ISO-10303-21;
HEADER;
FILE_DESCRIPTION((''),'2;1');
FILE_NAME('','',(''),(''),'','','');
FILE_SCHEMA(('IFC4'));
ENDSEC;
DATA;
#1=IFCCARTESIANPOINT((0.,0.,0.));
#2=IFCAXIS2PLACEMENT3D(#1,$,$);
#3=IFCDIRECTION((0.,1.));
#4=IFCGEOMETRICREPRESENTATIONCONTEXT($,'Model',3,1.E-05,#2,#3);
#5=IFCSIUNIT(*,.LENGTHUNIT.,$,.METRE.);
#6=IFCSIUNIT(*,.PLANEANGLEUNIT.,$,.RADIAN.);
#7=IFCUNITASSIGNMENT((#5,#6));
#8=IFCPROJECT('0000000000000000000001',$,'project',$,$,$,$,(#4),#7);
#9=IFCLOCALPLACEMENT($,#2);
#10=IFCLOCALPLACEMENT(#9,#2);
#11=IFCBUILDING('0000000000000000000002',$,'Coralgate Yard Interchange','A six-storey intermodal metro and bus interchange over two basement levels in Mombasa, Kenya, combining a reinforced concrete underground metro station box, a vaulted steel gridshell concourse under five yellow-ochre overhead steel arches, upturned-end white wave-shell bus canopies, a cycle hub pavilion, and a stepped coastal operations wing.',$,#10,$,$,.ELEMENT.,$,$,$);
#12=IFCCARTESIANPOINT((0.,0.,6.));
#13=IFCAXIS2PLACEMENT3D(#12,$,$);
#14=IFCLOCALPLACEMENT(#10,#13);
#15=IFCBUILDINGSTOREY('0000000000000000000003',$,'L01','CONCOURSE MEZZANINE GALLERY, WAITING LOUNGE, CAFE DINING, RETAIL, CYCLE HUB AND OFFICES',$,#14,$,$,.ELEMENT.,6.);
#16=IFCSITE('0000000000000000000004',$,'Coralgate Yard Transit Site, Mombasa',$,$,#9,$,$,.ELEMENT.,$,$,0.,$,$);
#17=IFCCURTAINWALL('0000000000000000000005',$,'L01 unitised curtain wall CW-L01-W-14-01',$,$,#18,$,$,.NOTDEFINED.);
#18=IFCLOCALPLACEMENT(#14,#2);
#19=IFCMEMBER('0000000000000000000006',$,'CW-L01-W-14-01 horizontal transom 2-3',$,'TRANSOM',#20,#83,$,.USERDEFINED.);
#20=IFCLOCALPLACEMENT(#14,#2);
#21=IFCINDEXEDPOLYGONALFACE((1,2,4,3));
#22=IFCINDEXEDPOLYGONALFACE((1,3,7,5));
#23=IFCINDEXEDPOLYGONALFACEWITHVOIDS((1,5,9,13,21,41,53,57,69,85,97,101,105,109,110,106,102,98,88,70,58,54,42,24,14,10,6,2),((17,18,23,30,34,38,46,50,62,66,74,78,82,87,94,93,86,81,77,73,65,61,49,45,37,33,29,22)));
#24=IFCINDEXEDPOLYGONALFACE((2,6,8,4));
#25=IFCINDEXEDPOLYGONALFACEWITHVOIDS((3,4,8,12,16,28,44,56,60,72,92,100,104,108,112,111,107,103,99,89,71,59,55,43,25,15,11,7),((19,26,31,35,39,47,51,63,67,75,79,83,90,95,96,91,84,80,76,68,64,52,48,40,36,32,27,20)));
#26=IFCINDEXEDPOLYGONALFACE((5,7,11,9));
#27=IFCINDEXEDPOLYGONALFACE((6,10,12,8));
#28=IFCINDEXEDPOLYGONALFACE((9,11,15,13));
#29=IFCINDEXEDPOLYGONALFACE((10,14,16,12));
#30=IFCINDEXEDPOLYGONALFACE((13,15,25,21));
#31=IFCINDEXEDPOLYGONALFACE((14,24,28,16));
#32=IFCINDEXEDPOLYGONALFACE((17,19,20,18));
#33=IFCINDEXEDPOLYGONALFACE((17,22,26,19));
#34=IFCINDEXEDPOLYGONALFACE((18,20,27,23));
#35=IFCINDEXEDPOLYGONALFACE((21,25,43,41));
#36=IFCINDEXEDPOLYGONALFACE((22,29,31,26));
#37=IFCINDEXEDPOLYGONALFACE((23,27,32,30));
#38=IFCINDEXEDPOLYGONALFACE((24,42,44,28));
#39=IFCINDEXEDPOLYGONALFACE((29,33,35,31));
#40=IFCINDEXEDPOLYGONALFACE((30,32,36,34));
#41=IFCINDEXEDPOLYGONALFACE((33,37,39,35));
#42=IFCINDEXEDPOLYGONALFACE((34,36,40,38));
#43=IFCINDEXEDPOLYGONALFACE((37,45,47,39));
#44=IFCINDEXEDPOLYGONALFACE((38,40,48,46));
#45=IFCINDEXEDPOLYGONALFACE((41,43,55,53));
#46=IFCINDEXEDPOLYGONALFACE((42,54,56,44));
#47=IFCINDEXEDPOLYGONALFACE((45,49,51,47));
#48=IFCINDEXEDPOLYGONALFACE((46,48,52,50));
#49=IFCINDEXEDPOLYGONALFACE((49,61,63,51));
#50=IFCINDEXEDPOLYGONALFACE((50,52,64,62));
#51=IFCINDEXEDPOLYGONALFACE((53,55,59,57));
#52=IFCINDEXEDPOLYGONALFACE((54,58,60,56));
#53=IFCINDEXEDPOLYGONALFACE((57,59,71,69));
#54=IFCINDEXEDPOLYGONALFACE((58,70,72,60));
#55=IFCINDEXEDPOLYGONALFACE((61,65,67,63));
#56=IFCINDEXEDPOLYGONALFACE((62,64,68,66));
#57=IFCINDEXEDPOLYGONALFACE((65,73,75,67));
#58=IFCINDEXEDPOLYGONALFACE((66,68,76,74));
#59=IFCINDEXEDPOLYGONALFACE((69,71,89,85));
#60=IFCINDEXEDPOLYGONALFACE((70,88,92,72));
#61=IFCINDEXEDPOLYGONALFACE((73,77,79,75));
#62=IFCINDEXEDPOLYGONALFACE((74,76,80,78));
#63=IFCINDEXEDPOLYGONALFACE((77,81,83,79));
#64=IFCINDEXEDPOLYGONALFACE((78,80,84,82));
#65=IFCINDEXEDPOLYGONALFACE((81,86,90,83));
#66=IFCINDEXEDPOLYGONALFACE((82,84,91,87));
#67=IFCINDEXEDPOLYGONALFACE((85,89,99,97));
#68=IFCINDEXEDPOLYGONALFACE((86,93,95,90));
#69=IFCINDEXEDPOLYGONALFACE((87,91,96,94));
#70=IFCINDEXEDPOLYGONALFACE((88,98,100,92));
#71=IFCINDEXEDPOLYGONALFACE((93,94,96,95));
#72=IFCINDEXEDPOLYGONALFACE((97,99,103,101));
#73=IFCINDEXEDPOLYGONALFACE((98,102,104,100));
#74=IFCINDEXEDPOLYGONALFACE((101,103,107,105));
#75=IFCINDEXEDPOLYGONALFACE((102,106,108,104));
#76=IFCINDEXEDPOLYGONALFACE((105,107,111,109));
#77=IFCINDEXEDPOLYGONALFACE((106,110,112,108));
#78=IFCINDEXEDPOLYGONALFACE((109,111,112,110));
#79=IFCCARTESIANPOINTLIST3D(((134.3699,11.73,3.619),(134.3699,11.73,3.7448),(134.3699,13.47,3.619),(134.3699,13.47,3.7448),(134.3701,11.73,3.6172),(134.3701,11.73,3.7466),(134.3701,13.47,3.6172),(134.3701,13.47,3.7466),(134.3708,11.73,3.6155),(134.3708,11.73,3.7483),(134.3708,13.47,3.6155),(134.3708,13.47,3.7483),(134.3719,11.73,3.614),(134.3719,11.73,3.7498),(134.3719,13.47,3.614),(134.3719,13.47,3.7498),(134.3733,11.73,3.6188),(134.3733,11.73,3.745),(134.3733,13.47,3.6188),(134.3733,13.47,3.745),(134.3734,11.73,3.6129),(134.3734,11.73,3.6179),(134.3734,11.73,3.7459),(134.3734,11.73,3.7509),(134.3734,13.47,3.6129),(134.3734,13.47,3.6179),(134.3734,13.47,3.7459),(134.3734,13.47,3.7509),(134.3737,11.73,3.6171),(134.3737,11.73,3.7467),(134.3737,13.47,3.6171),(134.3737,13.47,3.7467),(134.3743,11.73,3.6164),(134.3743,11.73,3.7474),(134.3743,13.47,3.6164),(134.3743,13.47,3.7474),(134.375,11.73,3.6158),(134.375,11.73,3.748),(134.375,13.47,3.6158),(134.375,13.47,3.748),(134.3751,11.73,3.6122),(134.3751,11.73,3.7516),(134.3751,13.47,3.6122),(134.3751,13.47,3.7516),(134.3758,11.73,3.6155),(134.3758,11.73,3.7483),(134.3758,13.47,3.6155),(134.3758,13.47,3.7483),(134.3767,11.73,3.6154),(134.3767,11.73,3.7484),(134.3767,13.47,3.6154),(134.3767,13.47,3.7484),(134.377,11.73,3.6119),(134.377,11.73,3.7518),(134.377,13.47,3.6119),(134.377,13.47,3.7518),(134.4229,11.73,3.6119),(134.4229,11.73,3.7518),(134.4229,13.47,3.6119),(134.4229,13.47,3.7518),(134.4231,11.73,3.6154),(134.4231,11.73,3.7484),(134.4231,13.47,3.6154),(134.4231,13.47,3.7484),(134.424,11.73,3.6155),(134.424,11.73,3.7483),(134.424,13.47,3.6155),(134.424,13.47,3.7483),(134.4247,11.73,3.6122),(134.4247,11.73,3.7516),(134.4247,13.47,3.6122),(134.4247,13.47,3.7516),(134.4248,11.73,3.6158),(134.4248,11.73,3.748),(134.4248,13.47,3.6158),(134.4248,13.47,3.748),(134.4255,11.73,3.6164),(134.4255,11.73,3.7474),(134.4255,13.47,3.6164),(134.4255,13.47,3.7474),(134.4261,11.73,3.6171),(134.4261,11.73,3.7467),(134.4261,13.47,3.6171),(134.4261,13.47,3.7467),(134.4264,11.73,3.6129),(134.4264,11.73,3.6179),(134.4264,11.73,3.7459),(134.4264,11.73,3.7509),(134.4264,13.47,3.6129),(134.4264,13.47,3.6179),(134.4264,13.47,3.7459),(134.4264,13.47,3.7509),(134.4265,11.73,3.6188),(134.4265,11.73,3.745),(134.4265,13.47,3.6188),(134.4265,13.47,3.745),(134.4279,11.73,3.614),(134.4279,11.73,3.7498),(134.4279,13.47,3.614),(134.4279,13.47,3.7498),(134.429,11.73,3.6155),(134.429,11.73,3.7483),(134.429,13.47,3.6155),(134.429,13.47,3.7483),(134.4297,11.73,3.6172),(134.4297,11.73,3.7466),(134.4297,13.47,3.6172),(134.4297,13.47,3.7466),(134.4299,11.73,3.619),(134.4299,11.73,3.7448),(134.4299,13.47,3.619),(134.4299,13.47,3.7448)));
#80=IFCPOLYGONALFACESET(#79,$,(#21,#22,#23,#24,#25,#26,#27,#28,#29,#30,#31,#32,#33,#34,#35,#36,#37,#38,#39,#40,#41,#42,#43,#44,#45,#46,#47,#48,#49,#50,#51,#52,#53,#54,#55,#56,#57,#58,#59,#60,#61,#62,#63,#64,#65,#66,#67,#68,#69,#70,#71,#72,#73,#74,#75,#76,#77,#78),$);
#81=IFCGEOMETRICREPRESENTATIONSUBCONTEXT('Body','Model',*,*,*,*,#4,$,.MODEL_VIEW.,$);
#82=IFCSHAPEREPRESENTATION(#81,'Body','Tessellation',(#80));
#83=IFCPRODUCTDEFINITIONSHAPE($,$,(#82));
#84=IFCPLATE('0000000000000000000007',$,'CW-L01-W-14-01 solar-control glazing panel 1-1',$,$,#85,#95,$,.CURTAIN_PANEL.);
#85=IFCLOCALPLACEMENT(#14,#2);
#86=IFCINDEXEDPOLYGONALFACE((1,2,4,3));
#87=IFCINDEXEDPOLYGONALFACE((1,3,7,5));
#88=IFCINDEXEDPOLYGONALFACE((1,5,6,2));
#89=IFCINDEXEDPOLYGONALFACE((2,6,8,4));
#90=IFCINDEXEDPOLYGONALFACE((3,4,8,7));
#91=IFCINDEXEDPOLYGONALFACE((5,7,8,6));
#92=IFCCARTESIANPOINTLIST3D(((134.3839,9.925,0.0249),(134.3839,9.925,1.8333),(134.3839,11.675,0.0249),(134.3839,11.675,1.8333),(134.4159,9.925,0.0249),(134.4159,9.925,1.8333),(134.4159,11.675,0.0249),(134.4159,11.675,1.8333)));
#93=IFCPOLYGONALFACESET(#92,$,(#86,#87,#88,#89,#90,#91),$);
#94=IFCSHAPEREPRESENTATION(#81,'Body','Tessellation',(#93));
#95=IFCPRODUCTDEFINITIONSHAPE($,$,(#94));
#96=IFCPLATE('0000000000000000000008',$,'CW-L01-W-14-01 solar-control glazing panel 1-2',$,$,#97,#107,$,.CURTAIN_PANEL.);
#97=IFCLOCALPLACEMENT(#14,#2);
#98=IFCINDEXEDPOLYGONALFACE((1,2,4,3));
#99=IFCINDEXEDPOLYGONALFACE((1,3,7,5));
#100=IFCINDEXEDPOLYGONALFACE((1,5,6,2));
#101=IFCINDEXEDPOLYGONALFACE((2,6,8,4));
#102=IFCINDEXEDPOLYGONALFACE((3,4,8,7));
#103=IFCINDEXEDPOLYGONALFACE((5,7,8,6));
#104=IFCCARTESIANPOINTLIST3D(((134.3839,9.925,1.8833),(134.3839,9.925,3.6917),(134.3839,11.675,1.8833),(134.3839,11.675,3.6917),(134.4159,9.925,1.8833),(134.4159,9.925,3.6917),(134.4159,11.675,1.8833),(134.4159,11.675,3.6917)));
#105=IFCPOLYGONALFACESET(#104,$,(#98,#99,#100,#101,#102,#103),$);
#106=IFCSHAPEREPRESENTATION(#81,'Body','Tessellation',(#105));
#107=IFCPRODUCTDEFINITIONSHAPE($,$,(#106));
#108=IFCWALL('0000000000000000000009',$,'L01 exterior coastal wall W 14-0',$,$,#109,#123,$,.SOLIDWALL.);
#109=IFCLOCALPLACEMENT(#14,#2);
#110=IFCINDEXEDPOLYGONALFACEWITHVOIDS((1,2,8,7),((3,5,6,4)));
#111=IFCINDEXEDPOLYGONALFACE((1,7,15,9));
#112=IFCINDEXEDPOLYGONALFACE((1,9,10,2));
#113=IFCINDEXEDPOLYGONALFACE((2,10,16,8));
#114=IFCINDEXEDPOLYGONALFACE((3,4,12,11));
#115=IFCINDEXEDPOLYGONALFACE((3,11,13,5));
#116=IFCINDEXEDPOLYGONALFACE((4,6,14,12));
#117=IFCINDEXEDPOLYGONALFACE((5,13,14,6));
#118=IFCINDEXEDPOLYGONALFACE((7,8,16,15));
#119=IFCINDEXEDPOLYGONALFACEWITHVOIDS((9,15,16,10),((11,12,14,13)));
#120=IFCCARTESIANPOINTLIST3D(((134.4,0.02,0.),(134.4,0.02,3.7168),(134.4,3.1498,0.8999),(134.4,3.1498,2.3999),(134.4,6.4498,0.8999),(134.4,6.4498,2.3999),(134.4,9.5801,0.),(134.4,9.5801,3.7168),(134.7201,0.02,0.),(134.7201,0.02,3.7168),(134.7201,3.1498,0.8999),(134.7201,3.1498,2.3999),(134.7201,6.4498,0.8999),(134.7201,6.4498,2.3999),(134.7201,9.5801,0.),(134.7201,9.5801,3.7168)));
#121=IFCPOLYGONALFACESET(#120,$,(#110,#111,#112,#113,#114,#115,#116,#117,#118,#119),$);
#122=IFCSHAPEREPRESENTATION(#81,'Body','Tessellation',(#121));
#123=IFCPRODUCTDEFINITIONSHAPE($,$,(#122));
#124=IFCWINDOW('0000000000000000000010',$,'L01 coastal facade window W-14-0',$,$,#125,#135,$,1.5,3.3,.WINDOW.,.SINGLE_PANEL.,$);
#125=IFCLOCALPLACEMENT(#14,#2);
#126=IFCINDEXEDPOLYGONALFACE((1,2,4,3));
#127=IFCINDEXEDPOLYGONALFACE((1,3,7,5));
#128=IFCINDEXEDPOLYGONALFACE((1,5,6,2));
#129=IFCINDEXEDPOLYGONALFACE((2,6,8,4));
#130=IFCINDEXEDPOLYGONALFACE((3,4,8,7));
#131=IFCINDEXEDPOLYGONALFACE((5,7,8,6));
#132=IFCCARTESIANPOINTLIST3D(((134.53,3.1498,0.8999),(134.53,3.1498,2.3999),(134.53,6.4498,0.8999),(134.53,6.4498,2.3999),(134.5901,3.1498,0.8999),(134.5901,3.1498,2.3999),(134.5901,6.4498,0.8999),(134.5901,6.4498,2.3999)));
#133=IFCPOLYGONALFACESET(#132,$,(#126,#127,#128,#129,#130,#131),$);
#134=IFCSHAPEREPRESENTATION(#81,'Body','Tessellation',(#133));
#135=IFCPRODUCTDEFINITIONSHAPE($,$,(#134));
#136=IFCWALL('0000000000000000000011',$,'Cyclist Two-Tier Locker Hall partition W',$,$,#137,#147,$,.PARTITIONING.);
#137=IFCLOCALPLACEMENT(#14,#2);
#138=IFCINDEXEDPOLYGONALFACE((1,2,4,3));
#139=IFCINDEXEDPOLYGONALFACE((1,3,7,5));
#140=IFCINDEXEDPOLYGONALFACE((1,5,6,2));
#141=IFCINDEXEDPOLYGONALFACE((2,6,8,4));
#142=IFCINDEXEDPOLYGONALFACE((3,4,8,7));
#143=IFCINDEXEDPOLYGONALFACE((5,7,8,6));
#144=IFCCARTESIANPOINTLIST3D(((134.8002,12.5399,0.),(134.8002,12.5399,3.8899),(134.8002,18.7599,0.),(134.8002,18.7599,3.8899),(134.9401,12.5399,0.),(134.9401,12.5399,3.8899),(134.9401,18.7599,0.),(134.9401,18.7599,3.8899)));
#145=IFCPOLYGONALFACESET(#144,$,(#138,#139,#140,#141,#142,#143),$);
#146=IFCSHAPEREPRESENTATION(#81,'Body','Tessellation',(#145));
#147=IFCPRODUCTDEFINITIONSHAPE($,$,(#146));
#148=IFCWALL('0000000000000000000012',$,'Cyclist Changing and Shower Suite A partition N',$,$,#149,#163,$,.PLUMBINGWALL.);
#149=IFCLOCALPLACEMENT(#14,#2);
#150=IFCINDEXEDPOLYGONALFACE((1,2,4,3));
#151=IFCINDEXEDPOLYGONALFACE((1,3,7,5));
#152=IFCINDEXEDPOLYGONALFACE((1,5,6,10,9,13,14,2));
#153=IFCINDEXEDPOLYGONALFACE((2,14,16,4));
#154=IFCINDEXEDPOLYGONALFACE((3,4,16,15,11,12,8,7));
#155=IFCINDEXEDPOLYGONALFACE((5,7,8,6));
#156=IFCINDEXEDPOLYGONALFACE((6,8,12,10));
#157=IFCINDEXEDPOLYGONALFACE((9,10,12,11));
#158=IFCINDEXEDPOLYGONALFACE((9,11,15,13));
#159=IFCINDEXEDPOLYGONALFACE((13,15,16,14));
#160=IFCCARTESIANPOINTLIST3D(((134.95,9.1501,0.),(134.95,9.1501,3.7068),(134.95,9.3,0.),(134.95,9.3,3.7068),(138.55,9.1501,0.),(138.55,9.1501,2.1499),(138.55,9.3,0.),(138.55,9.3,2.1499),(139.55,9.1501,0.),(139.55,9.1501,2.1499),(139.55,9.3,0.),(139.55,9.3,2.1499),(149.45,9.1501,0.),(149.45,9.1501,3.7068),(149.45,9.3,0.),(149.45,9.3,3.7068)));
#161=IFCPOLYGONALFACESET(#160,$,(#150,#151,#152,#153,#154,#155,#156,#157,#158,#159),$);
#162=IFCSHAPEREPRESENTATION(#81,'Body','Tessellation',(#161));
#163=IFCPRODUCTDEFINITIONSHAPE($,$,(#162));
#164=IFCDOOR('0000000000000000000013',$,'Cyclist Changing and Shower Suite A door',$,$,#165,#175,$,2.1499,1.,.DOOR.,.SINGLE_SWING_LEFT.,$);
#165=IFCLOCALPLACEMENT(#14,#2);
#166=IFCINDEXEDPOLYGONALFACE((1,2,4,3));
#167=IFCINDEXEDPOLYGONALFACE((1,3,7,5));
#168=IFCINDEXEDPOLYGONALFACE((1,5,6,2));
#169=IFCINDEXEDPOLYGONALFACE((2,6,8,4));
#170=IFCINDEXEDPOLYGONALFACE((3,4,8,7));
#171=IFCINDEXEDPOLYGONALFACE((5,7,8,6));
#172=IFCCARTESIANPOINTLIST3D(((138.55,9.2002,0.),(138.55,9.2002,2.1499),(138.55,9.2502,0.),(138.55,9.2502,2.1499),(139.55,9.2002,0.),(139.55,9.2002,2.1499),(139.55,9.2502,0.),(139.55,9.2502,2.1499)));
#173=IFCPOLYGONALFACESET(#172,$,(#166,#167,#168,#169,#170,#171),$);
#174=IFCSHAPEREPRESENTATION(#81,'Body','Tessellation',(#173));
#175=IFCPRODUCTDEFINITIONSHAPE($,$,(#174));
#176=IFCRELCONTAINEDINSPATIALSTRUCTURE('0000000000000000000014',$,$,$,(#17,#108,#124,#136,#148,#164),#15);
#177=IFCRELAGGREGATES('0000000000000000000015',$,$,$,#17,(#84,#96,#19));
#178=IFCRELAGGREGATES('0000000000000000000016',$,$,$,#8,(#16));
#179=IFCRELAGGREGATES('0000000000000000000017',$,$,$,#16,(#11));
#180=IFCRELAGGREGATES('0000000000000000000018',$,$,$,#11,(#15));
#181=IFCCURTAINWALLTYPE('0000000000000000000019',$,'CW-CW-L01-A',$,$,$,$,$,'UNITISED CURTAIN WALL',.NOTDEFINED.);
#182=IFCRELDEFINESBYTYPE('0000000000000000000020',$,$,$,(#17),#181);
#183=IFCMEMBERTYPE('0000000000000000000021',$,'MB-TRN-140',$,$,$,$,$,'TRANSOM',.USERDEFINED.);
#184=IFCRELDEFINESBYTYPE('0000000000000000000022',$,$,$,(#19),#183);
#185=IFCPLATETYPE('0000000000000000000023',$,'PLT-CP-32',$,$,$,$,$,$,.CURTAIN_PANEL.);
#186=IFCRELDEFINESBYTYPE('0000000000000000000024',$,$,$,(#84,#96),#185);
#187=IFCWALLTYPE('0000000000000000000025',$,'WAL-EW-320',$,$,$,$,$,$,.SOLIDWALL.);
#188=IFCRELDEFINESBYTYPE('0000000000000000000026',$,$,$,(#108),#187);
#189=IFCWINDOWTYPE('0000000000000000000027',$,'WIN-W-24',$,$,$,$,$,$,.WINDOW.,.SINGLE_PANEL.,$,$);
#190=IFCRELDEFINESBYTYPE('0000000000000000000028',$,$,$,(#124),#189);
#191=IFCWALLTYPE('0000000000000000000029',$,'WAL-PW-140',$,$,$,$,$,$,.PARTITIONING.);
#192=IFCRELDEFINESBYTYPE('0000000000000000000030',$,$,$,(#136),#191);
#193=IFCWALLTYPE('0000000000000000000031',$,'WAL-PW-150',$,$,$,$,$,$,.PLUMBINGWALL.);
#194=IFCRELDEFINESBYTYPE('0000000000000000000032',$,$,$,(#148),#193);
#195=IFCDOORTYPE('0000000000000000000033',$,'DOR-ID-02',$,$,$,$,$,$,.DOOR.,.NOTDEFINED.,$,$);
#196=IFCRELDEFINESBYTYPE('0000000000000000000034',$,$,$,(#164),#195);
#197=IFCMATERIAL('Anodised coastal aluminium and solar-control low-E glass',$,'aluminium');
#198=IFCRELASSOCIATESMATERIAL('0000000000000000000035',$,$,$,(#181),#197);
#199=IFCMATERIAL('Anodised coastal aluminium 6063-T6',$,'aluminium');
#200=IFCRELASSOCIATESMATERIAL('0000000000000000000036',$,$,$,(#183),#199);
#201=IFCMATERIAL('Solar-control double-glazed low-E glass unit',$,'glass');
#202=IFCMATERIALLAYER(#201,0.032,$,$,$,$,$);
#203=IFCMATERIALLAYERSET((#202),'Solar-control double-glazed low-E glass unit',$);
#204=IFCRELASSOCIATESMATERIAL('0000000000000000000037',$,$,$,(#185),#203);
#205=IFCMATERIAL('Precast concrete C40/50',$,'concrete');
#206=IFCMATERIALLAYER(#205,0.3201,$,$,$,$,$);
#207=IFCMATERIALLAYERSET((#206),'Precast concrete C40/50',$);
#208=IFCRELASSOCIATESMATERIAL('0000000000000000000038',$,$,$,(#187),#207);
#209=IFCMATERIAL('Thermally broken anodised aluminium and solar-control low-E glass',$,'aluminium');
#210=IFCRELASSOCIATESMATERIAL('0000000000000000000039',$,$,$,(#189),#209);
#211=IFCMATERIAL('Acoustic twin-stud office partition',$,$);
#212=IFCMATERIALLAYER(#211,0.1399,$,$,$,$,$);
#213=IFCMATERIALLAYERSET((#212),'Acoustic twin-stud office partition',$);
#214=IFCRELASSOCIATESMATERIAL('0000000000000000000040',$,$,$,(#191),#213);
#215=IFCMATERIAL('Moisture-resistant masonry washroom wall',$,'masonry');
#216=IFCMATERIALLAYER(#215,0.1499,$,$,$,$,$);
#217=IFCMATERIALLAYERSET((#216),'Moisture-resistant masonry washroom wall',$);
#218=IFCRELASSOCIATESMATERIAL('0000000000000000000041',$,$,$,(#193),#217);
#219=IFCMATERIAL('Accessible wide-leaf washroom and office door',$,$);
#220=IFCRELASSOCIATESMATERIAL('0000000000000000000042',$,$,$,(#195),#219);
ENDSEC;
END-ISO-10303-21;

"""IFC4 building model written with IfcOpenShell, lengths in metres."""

from ifc_helpers import new_model, si_unit, direction, frame, frame_2d, origin, origin_2d, place, context, subcontext, project, spatial, rectangle, hollow_rectangle, extrude, material, layer, layer_set, material_profile, profile_set, type_object, element, fill, aggregate, save


model = new_model("IFC4")

# Units and contexts
model_context = context("Model", 3, precision=1e-05, world=origin(), true_north=direction((0.0, 1.0)))
body_context = subcontext(model_context, "Body", "Model", "MODEL_VIEW")
ifc_project = project(units=[si_unit("LENGTHUNIT", "METRE"), si_unit("PLANEANGLEUNIT", "RADIAN")], contexts=[model_context])

# Site, building, storey
site_placement = place(None, origin())
site = spatial("IfcSite", under=ifc_project, at=site_placement, Name="Coralgate Yard Transit Site, Mombasa", CompositionType="ELEMENT", RefElevation=0.0)
building_placement = place(site_placement, origin())
building = spatial("IfcBuilding", under=site, at=building_placement, Name="Coralgate Yard Interchange", Description="A six-storey intermodal metro and bus interchange over two basement levels in Mombasa, Kenya, combining a reinforced concrete underground metro station box, a vaulted steel gridshell concourse under five yellow-ochre overhead steel arches, upturned-end white wave-shell bus canopies, a cycle hub pavilion, and a stepped coastal operations wing.", CompositionType="ELEMENT")
storey_placement = place(building_placement, frame((0.0, 0.0, 6.0)))
storey = spatial("IfcBuildingStorey", under=building, at=storey_placement, Name="L01", Description="CONCOURSE MEZZANINE GALLERY, WAITING LOUNGE, CAFE DINING, RETAIL, CYCLE HUB AND OFFICES", CompositionType="ELEMENT", Elevation=6.0)

# Curtain wall, member, plates
ifc_material_1 = material(Name="Anodised coastal aluminium and solar-control low-E glass", Category="aluminium")
curtain_wall_type = type_object("IfcCurtainWallType", Name="CW-CW-L01-A", ElementType="UNITISED CURTAIN WALL", PredefinedType="NOTDEFINED", material=ifc_material_1)
curtain_wall_placement = place(storey_placement, origin())
curtain_wall = element("IfcCurtainWall", 1, at=curtain_wall_placement, inside=storey, type_object=curtain_wall_type, Name="L01 unitised curtain wall CW-L01-W-14-01", PredefinedType="NOTDEFINED")
ifc_material_2 = material(Name="Anodised coastal aluminium 6063-T6", Category="aluminium")
ifc_material_profile_1 = material_profile(ifc_material_2, hollow_rectangle(XDim=0.0601, YDim=0.1399, WallThickness=0.0034, InnerFilletRadius=0.0034, OuterFilletRadius=0.0071, at=origin_2d()), Name="ALU 60x140x3.5")
ifc_profile_set_1 = profile_set([ifc_material_profile_1], Name="Anodised coastal aluminium 6063-T6")
member_type_1 = type_object("IfcMemberType", Name="MB-TRN-140", ElementType="TRANSOM", PredefinedType="USERDEFINED", material=ifc_profile_set_1)
member_1_placement = place(storey_placement, frame((134.3999, 11.73, 3.6819), z_axis=(0.0, 1.0, 0.0), x_axis=(-1.0, 0.0, 0.0)))
member_1 = element("IfcMember", 2, at=member_1_placement, type_object=member_type_1, Name="CW-L01-W-14-01 horizontal transom 2-3", ObjectType="TRANSOM", PredefinedType="USERDEFINED", context=body_context, shape_type="SweptSolid", body=[
    extrude(hollow_rectangle(XDim=0.0601, YDim=0.1399, WallThickness=0.0034, InnerFilletRadius=0.0034, OuterFilletRadius=0.0071, at=origin_2d()), origin(), (0.0, 0.0, 1.0), 1.74),
])
ifc_material_3 = material(Name="Solar-control double-glazed low-E glass unit", Category="glass")
ifc_layer_1 = layer(ifc_material_3, 0.032)
ifc_layer_set_1 = layer_set([ifc_layer_1], Name="Solar-control double-glazed low-E glass unit")
plate_type = type_object("IfcPlateType", Name="PLT-CP-32", PredefinedType="CURTAIN_PANEL", material=ifc_layer_set_1)
plate_1_placement = place(storey_placement, frame((134.3999, 10.8, 0.0249), z_axis=(0.0, 0.0, 1.0), x_axis=(0.0, 1.0, 0.0)))
plate_1 = element("IfcPlate", 3, at=plate_1_placement, type_object=plate_type, Name="CW-L01-W-14-01 solar-control glazing panel 1-1", PredefinedType="CURTAIN_PANEL", context=body_context, shape_type="SweptSolid", body=[
    extrude(rectangle(XDim=1.75, YDim=0.032, at=origin_2d()), origin(), (0.0, 0.0, 1.0), 1.8083),
])
plate_2_placement = place(storey_placement, frame((134.3999, 10.8, 1.8833), z_axis=(0.0, 0.0, 1.0), x_axis=(0.0, 1.0, 0.0)))
plate_2 = element("IfcPlate", 4, at=plate_2_placement, type_object=plate_type, Name="CW-L01-W-14-01 solar-control glazing panel 1-2", PredefinedType="CURTAIN_PANEL", context=body_context, shape_type="SweptSolid", body=[
    extrude(rectangle(XDim=1.75, YDim=0.032, at=origin_2d()), origin(), (0.0, 0.0, 1.0), 1.8083),
])
aggregate(curtain_wall, [plate_1, plate_2, member_1])

# Wall, opening, window
ifc_material_4 = material(Name="Precast concrete C40/50", Category="concrete")
ifc_layer_2 = layer(ifc_material_4, 0.3201)
ifc_layer_set_2 = layer_set([ifc_layer_2], Name="Precast concrete C40/50")
wall_type_1 = type_object("IfcWallType", Name="WAL-EW-320", PredefinedType="SOLIDWALL", material=ifc_layer_set_2)
wall_1_placement = place(storey_placement, frame((134.5601, 0.02, 0.0), z_axis=(0.0, 0.0, 1.0), x_axis=(0.0, 1.0, 0.0)))
wall_1 = element("IfcWall", 5, at=wall_1_placement, inside=storey, type_object=wall_type_1, Name="L01 exterior coastal wall W 14-0", PredefinedType="SOLIDWALL", context=body_context, shape_type="SweptSolid", body=[
    extrude(rectangle(XDim=9.5601, YDim=0.3201, at=frame_2d((4.78, 0.0))), origin(), (0.0, 0.0, 1.0), 3.7168),
])
opening_1_placement = place(wall_1_placement, frame((3.1299, 0.0, 0.8999)))
opening_1 = element("IfcOpeningElement", 6, at=opening_1_placement, cuts=wall_1, PredefinedType="OPENING", context=body_context, shape_type="SweptSolid", body=[
    extrude(rectangle(XDim=3.3, YDim=1.5, at=frame_2d((1.6499, 0.75))), frame((0.0, 0.1699, 0.0), z_axis=(0.0, -1.0, 0.0), x_axis=(1.0, 0.0, 0.0)), (0.0, 0.0, 1.0), 0.3401),
])
ifc_material_5 = material(Name="Thermally broken anodised aluminium and solar-control low-E glass", Category="aluminium")
window_type = type_object("IfcWindowType", Name="WIN-W-24", PartitioningType="SINGLE_PANEL", PredefinedType="WINDOW", material=ifc_material_5)
window_placement = place(opening_1_placement, origin())
window = element("IfcWindow", 7, at=window_placement, inside=storey, type_object=window_type, Name="L01 coastal facade window W-14-0", OverallHeight=1.5, OverallWidth=3.3, PartitioningType="SINGLE_PANEL", PredefinedType="WINDOW", context=body_context, shape_type="SweptSolid", body=[
    extrude(rectangle(XDim=3.3, YDim=1.5, at=frame_2d((1.6499, 0.75))), frame((0.0, 0.03, 0.0), z_axis=(0.0, -1.0, 0.0), x_axis=(1.0, 0.0, 0.0)), (0.0, 0.0, 1.0), 0.0601),
])
fill(opening_1, window)

# Wall
ifc_material_6 = material(Name="Acoustic twin-stud office partition")
ifc_layer_3 = layer(ifc_material_6, 0.1399)
ifc_layer_set_3 = layer_set([ifc_layer_3], Name="Acoustic twin-stud office partition")
wall_type_2 = type_object("IfcWallType", Name="WAL-PW-140", PredefinedType="PARTITIONING", material=ifc_layer_set_3)
wall_2_placement = place(storey_placement, frame((134.8701, 12.54, 0.0), z_axis=(0.0, 0.0, 1.0), x_axis=(0.0, 1.0, 0.0)))
element("IfcWall", 8, at=wall_2_placement, inside=storey, type_object=wall_type_2, Name="Cyclist Two-Tier Locker Hall partition W", PredefinedType="PARTITIONING", context=body_context, shape_type="SweptSolid", body=[
    extrude(rectangle(XDim=6.22, YDim=0.1399, at=frame_2d((3.1099, 0.0))), origin(), (0.0, 0.0, 1.0), 3.8899),
])

# Wall, opening, door
ifc_material_7 = material(Name="Moisture-resistant masonry washroom wall", Category="masonry")
ifc_layer_4 = layer(ifc_material_7, 0.1499)
ifc_layer_set_4 = layer_set([ifc_layer_4], Name="Moisture-resistant masonry washroom wall")
wall_type_3 = type_object("IfcWallType", Name="WAL-PW-150", PredefinedType="PLUMBINGWALL", material=ifc_layer_set_4)
wall_3_placement = place(storey_placement, frame((134.95, 9.2251, 0.0), z_axis=(0.0, 0.0, 1.0), x_axis=(1.0, 0.0, 0.0)))
wall_3 = element("IfcWall", 9, at=wall_3_placement, inside=storey, type_object=wall_type_3, Name="Cyclist Changing and Shower Suite A partition N", PredefinedType="PLUMBINGWALL", context=body_context, shape_type="SweptSolid", body=[
    extrude(rectangle(XDim=14.5, YDim=0.1499, at=frame_2d((7.25, 0.0))), origin(), (0.0, 0.0, 1.0), 3.7068),
])
opening_2_placement = place(wall_3_placement, frame((3.6001, 0.0, 0.0)))
opening_2 = element("IfcOpeningElement", 10, at=opening_2_placement, cuts=wall_3, PredefinedType="OPENING", context=body_context, shape_type="SweptSolid", body=[
    extrude(rectangle(XDim=1.0, YDim=2.1499, at=frame_2d((0.5, 1.075))), frame((0.0, 0.085, 0.0), z_axis=(0.0, -1.0, 0.0), x_axis=(1.0, 0.0, 0.0)), (0.0, 0.0, 1.0), 0.1699),
])
ifc_material_8 = material(Name="Accessible wide-leaf washroom and office door")
door_type = type_object("IfcDoorType", Name="DOR-ID-02", OperationType="NOTDEFINED", PredefinedType="DOOR", material=ifc_material_8)
door_placement = place(opening_2_placement, frame((1.0, 0.0, 0.0), z_axis=(0.0, 0.0, 1.0), x_axis=(-1.0, 0.0, 0.0)))
door = element("IfcDoor", 11, at=door_placement, inside=storey, type_object=door_type, Name="Cyclist Changing and Shower Suite A door", OperationType="SINGLE_SWING_LEFT", OverallHeight=2.1499, OverallWidth=1.0, PredefinedType="DOOR", context=body_context, shape_type="SweptSolid", body=[
    extrude(rectangle(XDim=1.0, YDim=2.1499, at=frame_2d((0.5, 1.075))), frame((0.0, 0.0249, 0.0), z_axis=(0.0, -1.0, 0.0), x_axis=(1.0, 0.0, 0.0)), (0.0, 0.0, 1.0), 0.05),
])
fill(opening_2, door)

save(model, "model.ifc")
